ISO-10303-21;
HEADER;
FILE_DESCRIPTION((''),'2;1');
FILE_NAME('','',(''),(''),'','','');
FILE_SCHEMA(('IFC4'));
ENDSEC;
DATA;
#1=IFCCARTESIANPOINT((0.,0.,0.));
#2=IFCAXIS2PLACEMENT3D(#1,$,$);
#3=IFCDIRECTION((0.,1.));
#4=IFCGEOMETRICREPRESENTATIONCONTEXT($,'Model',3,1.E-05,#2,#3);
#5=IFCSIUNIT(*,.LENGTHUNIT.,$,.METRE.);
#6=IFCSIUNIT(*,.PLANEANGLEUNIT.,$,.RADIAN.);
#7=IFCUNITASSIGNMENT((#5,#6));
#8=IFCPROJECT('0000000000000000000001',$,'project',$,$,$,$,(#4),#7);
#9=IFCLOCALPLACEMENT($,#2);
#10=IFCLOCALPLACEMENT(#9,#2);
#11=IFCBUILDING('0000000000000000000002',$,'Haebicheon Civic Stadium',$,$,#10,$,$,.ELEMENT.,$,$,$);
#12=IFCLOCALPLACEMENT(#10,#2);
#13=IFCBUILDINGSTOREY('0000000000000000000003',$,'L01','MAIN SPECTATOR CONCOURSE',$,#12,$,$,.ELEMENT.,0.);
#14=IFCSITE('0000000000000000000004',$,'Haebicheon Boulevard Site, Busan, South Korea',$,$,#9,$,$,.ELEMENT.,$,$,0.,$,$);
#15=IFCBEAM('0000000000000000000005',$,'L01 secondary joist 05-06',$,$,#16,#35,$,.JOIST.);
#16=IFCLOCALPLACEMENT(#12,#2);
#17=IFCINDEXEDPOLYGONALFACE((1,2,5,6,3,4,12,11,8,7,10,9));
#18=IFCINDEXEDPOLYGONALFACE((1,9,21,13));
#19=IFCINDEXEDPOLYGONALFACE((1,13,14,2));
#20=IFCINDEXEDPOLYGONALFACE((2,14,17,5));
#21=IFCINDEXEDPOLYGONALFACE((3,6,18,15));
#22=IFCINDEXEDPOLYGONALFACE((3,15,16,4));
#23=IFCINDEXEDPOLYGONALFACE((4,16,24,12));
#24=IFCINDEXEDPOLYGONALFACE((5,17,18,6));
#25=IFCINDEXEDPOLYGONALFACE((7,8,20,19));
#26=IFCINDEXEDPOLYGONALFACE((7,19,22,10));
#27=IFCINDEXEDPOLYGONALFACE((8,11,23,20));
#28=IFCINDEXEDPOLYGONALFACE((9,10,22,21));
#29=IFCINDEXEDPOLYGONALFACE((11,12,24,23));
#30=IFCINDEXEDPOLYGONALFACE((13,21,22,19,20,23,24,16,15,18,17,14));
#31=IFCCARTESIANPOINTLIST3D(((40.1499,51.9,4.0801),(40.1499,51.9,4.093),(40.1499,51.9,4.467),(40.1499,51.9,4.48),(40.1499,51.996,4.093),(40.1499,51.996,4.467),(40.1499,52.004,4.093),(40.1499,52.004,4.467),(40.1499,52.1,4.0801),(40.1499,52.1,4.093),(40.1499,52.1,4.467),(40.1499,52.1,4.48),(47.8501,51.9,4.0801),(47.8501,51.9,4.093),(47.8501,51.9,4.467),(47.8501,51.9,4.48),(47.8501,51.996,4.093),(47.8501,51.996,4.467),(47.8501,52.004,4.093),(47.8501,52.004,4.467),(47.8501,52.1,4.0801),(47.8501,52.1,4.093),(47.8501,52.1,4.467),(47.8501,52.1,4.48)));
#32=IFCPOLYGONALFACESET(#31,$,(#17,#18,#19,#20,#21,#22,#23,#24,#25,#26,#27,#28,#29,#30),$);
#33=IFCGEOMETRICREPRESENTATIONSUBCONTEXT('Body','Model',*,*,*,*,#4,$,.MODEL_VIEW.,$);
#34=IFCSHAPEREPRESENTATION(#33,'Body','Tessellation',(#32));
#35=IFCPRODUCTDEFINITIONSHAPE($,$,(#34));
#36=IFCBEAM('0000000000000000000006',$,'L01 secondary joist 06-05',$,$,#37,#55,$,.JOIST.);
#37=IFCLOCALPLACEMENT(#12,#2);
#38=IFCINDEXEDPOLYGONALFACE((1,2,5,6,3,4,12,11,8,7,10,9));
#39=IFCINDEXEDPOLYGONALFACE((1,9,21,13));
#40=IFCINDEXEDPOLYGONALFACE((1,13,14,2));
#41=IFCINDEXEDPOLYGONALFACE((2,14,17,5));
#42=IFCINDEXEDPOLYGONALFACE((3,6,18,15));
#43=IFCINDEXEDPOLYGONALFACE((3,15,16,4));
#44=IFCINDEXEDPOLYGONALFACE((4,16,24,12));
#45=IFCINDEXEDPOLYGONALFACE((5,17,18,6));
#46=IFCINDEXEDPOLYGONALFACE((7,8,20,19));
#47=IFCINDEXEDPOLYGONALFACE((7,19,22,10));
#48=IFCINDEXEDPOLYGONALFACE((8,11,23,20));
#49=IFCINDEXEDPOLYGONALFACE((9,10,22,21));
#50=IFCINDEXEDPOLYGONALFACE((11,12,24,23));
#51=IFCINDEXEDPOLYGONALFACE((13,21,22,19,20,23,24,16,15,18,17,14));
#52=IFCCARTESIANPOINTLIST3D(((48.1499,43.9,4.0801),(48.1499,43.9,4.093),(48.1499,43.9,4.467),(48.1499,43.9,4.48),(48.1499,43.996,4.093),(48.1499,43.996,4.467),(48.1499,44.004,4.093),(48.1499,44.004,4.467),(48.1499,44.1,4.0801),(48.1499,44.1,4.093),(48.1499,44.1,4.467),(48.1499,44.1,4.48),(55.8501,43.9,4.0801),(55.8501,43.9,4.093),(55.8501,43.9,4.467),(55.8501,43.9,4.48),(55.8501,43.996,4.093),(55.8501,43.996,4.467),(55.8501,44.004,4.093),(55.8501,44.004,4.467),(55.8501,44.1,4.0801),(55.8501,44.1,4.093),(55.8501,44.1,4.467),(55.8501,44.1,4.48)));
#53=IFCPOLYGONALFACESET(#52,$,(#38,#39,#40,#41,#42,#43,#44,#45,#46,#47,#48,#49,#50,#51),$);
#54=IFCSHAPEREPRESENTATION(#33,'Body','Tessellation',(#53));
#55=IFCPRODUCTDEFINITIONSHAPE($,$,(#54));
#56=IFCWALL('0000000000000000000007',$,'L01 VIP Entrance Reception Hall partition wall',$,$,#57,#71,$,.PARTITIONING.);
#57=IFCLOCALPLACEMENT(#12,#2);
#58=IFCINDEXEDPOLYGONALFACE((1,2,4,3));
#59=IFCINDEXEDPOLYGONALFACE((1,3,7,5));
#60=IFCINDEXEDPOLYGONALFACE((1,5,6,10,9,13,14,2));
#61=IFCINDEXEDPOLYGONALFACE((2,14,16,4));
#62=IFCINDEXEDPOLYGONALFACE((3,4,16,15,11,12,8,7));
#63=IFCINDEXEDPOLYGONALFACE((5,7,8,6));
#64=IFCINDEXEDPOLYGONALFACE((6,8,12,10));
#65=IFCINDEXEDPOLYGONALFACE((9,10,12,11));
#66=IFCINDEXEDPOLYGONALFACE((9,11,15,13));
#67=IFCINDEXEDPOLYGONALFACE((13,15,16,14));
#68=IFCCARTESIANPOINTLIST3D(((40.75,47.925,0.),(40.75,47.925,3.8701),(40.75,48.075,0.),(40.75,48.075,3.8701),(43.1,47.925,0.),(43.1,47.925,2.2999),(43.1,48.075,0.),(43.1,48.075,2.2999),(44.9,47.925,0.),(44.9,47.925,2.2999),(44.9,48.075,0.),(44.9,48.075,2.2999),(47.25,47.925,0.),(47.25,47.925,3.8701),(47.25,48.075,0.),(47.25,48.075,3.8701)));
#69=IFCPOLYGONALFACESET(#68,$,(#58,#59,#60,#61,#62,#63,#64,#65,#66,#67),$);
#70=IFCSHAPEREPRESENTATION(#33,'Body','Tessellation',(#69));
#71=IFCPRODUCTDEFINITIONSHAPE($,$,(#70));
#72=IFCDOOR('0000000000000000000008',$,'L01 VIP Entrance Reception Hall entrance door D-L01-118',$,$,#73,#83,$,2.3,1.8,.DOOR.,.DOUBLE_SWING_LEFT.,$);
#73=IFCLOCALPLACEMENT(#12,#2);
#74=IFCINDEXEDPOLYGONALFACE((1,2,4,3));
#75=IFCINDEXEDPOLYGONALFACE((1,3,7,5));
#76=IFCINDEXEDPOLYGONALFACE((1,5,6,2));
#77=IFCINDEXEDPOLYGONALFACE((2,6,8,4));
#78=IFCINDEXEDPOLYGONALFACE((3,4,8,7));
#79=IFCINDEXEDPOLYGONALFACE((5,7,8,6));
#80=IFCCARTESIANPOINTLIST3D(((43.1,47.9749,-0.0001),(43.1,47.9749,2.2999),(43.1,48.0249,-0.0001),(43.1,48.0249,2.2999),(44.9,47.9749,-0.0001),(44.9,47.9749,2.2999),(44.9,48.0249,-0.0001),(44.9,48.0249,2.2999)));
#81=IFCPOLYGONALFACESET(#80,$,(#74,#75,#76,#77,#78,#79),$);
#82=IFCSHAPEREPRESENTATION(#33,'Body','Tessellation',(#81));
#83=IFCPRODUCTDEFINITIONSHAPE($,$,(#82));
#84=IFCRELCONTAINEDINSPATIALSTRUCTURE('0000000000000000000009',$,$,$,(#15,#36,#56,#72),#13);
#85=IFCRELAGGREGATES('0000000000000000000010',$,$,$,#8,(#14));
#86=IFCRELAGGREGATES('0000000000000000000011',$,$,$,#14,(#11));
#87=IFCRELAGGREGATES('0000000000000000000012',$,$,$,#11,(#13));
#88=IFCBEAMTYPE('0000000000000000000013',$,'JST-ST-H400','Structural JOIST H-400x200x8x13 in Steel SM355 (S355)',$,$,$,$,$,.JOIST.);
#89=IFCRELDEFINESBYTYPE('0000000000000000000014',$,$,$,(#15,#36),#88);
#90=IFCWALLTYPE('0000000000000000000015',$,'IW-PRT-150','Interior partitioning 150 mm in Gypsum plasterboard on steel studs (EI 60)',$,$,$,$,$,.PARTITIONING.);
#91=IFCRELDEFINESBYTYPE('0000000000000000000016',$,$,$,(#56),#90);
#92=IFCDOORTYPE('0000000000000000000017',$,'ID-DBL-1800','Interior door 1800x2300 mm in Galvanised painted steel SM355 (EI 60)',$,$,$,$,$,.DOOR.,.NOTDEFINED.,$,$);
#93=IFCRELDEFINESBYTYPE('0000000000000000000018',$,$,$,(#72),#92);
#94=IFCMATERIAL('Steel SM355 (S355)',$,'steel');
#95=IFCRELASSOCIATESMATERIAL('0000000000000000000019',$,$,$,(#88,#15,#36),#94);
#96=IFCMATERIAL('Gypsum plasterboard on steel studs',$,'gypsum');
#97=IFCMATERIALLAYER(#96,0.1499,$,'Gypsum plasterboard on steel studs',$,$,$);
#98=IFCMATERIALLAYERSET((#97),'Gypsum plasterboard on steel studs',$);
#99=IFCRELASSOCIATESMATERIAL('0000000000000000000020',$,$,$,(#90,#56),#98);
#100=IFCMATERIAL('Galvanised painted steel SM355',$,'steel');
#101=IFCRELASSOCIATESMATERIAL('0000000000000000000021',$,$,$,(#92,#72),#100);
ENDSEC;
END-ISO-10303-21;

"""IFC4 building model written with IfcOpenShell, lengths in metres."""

from ifc_helpers import new_model, si_unit, direction, frame, frame_2d, origin, origin_2d, place, context, subcontext, project, spatial, rectangle, i_section, extrude, material, layer, layer_set, material_profile, profile_set, type_object, element, fill, save


model = new_model("IFC4")

# Units and contexts
model_context = context("Model", 3, precision=1e-05, world=origin(), true_north=direction((0.0, 1.0)))
body_context = subcontext(model_context, "Body", "Model", "MODEL_VIEW")
ifc_project = project(units=[si_unit("LENGTHUNIT", "METRE"), si_unit("PLANEANGLEUNIT", "RADIAN")], contexts=[model_context])

# Site, building, storey
site_placement = place(None, origin())
site = spatial("IfcSite", under=ifc_project, at=site_placement, Name="Haebicheon Boulevard Site, Busan, South Korea", CompositionType="ELEMENT", RefElevation=0.0)
building_placement = place(site_placement, origin())
building = spatial("IfcBuilding", under=site, at=building_placement, Name="Haebicheon Civic Stadium", CompositionType="ELEMENT")
storey_placement = place(building_placement, origin())
storey = spatial("IfcBuildingStorey", under=building, at=storey_placement, Name="L01", Description="MAIN SPECTATOR CONCOURSE", CompositionType="ELEMENT", Elevation=0.0)

# Beams
ifc_material_1 = material(Name="Steel SM355 (S355)", Category="steel")
ifc_material_profile_1 = material_profile(ifc_material_1, i_section(OverallWidth=0.2, OverallDepth=0.3999, WebThickness=0.0081, FlangeThickness=0.0129, at=origin_2d()), Name="H-400x200x8x13")
ifc_profile_set_1 = profile_set([ifc_material_profile_1], Name="Steel SM355 (S355)")
beam_type_1 = type_object("IfcBeamType", Name="JST-ST-H400", Description="Structural JOIST H-400x200x8x13 in Steel SM355 (S355)", PredefinedType="JOIST", material=ifc_profile_set_1)
for number, where, z_axis, x_axis, name in (
    (1, (40.1499, 52.0, 4.28), (1.0, 0.0, 0.0), (0.0, 1.0, 0.0), "L01 secondary joist 05-06"),
    (2, (48.1499, 44.0, 4.28), (1.0, 0.0, 0.0), (0.0, 1.0, 0.0), "L01 secondary joist 06-05"),
):
    element("IfcBeam", number, at=place(storey_placement, frame(where, z_axis=z_axis, x_axis=x_axis)), inside=storey, type_object=beam_type_1, material=ifc_profile_set_1, Name=name, PredefinedType="JOIST", context=body_context, shape_type="SweptSolid", body=[
        extrude(i_section(OverallWidth=0.2, OverallDepth=0.3999, WebThickness=0.0081, FlangeThickness=0.0129, at=origin_2d()), origin(), (0.0, 0.0, 1.0), 7.7002),
    ])

# Wall, opening, door
ifc_material_2 = material(Name="Gypsum plasterboard on steel studs", Category="gypsum")
ifc_layer = layer(ifc_material_2, 0.1499, Name="Gypsum plasterboard on steel studs")
ifc_layer_set = layer_set([ifc_layer], Name="Gypsum plasterboard on steel studs")
wall_type = type_object("IfcWallType", Name="IW-PRT-150", Description="Interior partitioning 150 mm in Gypsum plasterboard on steel studs (EI 60)", PredefinedType="PARTITIONING", material=ifc_layer_set)
wall_placement = place(storey_placement, frame((40.75, 48.0, 0.0), z_axis=(0.0, 0.0, 1.0), x_axis=(1.0, 0.0, 0.0)))
wall = element("IfcWall", 3, at=wall_placement, inside=storey, type_object=wall_type, material=ifc_layer_set, Name="L01 VIP Entrance Reception Hall partition wall", PredefinedType="PARTITIONING", context=body_context, shape_type="SweptSolid", body=[
    extrude(rectangle(XDim=6.5, YDim=0.1499, at=frame_2d((3.25, 0.0))), origin(), (0.0, 0.0, 1.0), 3.8701),
])
opening_placement = place(wall_placement, frame((2.3501, 0.0, 0.0)))
opening = element("IfcOpeningElement", 4, at=opening_placement, cuts=wall, PredefinedType="OPENING", context=body_context, shape_type="SweptSolid", body=[
    extrude(rectangle(XDim=1.8, YDim=2.3, at=frame_2d((0.8999, 1.1499))), frame((0.0, 0.085, 0.0), z_axis=(0.0, -1.0, 0.0), x_axis=(1.0, 0.0, 0.0)), (0.0, 0.0, 1.0), 0.1699),
])
ifc_material_3 = material(Name="Galvanised painted steel SM355", Category="steel")
door_type = type_object("IfcDoorType", Name="ID-DBL-1800", Description="Interior door 1800x2300 mm in Galvanised painted steel SM355 (EI 60)", OperationType="NOTDEFINED", PredefinedType="DOOR", material=ifc_material_3)
door_placement = place(opening_placement, origin())
door = element("IfcDoor", 5, at=door_placement, inside=storey, type_object=door_type, material=ifc_material_3, Name="L01 VIP Entrance Reception Hall entrance door D-L01-118", OperationType="DOUBLE_SWING_LEFT", OverallHeight=2.3, OverallWidth=1.8, PredefinedType="DOOR", context=body_context, shape_type="SweptSolid", body=[
    extrude(rectangle(XDim=1.8, YDim=2.3, at=frame_2d((0.8999, 1.1499))), frame((0.0, 0.0249, 0.0), z_axis=(0.0, -1.0, 0.0), x_axis=(1.0, 0.0, 0.0)), (0.0, 0.0, 1.0), 0.05),
])
fill(opening, door)

save(model, "model.ifc")
